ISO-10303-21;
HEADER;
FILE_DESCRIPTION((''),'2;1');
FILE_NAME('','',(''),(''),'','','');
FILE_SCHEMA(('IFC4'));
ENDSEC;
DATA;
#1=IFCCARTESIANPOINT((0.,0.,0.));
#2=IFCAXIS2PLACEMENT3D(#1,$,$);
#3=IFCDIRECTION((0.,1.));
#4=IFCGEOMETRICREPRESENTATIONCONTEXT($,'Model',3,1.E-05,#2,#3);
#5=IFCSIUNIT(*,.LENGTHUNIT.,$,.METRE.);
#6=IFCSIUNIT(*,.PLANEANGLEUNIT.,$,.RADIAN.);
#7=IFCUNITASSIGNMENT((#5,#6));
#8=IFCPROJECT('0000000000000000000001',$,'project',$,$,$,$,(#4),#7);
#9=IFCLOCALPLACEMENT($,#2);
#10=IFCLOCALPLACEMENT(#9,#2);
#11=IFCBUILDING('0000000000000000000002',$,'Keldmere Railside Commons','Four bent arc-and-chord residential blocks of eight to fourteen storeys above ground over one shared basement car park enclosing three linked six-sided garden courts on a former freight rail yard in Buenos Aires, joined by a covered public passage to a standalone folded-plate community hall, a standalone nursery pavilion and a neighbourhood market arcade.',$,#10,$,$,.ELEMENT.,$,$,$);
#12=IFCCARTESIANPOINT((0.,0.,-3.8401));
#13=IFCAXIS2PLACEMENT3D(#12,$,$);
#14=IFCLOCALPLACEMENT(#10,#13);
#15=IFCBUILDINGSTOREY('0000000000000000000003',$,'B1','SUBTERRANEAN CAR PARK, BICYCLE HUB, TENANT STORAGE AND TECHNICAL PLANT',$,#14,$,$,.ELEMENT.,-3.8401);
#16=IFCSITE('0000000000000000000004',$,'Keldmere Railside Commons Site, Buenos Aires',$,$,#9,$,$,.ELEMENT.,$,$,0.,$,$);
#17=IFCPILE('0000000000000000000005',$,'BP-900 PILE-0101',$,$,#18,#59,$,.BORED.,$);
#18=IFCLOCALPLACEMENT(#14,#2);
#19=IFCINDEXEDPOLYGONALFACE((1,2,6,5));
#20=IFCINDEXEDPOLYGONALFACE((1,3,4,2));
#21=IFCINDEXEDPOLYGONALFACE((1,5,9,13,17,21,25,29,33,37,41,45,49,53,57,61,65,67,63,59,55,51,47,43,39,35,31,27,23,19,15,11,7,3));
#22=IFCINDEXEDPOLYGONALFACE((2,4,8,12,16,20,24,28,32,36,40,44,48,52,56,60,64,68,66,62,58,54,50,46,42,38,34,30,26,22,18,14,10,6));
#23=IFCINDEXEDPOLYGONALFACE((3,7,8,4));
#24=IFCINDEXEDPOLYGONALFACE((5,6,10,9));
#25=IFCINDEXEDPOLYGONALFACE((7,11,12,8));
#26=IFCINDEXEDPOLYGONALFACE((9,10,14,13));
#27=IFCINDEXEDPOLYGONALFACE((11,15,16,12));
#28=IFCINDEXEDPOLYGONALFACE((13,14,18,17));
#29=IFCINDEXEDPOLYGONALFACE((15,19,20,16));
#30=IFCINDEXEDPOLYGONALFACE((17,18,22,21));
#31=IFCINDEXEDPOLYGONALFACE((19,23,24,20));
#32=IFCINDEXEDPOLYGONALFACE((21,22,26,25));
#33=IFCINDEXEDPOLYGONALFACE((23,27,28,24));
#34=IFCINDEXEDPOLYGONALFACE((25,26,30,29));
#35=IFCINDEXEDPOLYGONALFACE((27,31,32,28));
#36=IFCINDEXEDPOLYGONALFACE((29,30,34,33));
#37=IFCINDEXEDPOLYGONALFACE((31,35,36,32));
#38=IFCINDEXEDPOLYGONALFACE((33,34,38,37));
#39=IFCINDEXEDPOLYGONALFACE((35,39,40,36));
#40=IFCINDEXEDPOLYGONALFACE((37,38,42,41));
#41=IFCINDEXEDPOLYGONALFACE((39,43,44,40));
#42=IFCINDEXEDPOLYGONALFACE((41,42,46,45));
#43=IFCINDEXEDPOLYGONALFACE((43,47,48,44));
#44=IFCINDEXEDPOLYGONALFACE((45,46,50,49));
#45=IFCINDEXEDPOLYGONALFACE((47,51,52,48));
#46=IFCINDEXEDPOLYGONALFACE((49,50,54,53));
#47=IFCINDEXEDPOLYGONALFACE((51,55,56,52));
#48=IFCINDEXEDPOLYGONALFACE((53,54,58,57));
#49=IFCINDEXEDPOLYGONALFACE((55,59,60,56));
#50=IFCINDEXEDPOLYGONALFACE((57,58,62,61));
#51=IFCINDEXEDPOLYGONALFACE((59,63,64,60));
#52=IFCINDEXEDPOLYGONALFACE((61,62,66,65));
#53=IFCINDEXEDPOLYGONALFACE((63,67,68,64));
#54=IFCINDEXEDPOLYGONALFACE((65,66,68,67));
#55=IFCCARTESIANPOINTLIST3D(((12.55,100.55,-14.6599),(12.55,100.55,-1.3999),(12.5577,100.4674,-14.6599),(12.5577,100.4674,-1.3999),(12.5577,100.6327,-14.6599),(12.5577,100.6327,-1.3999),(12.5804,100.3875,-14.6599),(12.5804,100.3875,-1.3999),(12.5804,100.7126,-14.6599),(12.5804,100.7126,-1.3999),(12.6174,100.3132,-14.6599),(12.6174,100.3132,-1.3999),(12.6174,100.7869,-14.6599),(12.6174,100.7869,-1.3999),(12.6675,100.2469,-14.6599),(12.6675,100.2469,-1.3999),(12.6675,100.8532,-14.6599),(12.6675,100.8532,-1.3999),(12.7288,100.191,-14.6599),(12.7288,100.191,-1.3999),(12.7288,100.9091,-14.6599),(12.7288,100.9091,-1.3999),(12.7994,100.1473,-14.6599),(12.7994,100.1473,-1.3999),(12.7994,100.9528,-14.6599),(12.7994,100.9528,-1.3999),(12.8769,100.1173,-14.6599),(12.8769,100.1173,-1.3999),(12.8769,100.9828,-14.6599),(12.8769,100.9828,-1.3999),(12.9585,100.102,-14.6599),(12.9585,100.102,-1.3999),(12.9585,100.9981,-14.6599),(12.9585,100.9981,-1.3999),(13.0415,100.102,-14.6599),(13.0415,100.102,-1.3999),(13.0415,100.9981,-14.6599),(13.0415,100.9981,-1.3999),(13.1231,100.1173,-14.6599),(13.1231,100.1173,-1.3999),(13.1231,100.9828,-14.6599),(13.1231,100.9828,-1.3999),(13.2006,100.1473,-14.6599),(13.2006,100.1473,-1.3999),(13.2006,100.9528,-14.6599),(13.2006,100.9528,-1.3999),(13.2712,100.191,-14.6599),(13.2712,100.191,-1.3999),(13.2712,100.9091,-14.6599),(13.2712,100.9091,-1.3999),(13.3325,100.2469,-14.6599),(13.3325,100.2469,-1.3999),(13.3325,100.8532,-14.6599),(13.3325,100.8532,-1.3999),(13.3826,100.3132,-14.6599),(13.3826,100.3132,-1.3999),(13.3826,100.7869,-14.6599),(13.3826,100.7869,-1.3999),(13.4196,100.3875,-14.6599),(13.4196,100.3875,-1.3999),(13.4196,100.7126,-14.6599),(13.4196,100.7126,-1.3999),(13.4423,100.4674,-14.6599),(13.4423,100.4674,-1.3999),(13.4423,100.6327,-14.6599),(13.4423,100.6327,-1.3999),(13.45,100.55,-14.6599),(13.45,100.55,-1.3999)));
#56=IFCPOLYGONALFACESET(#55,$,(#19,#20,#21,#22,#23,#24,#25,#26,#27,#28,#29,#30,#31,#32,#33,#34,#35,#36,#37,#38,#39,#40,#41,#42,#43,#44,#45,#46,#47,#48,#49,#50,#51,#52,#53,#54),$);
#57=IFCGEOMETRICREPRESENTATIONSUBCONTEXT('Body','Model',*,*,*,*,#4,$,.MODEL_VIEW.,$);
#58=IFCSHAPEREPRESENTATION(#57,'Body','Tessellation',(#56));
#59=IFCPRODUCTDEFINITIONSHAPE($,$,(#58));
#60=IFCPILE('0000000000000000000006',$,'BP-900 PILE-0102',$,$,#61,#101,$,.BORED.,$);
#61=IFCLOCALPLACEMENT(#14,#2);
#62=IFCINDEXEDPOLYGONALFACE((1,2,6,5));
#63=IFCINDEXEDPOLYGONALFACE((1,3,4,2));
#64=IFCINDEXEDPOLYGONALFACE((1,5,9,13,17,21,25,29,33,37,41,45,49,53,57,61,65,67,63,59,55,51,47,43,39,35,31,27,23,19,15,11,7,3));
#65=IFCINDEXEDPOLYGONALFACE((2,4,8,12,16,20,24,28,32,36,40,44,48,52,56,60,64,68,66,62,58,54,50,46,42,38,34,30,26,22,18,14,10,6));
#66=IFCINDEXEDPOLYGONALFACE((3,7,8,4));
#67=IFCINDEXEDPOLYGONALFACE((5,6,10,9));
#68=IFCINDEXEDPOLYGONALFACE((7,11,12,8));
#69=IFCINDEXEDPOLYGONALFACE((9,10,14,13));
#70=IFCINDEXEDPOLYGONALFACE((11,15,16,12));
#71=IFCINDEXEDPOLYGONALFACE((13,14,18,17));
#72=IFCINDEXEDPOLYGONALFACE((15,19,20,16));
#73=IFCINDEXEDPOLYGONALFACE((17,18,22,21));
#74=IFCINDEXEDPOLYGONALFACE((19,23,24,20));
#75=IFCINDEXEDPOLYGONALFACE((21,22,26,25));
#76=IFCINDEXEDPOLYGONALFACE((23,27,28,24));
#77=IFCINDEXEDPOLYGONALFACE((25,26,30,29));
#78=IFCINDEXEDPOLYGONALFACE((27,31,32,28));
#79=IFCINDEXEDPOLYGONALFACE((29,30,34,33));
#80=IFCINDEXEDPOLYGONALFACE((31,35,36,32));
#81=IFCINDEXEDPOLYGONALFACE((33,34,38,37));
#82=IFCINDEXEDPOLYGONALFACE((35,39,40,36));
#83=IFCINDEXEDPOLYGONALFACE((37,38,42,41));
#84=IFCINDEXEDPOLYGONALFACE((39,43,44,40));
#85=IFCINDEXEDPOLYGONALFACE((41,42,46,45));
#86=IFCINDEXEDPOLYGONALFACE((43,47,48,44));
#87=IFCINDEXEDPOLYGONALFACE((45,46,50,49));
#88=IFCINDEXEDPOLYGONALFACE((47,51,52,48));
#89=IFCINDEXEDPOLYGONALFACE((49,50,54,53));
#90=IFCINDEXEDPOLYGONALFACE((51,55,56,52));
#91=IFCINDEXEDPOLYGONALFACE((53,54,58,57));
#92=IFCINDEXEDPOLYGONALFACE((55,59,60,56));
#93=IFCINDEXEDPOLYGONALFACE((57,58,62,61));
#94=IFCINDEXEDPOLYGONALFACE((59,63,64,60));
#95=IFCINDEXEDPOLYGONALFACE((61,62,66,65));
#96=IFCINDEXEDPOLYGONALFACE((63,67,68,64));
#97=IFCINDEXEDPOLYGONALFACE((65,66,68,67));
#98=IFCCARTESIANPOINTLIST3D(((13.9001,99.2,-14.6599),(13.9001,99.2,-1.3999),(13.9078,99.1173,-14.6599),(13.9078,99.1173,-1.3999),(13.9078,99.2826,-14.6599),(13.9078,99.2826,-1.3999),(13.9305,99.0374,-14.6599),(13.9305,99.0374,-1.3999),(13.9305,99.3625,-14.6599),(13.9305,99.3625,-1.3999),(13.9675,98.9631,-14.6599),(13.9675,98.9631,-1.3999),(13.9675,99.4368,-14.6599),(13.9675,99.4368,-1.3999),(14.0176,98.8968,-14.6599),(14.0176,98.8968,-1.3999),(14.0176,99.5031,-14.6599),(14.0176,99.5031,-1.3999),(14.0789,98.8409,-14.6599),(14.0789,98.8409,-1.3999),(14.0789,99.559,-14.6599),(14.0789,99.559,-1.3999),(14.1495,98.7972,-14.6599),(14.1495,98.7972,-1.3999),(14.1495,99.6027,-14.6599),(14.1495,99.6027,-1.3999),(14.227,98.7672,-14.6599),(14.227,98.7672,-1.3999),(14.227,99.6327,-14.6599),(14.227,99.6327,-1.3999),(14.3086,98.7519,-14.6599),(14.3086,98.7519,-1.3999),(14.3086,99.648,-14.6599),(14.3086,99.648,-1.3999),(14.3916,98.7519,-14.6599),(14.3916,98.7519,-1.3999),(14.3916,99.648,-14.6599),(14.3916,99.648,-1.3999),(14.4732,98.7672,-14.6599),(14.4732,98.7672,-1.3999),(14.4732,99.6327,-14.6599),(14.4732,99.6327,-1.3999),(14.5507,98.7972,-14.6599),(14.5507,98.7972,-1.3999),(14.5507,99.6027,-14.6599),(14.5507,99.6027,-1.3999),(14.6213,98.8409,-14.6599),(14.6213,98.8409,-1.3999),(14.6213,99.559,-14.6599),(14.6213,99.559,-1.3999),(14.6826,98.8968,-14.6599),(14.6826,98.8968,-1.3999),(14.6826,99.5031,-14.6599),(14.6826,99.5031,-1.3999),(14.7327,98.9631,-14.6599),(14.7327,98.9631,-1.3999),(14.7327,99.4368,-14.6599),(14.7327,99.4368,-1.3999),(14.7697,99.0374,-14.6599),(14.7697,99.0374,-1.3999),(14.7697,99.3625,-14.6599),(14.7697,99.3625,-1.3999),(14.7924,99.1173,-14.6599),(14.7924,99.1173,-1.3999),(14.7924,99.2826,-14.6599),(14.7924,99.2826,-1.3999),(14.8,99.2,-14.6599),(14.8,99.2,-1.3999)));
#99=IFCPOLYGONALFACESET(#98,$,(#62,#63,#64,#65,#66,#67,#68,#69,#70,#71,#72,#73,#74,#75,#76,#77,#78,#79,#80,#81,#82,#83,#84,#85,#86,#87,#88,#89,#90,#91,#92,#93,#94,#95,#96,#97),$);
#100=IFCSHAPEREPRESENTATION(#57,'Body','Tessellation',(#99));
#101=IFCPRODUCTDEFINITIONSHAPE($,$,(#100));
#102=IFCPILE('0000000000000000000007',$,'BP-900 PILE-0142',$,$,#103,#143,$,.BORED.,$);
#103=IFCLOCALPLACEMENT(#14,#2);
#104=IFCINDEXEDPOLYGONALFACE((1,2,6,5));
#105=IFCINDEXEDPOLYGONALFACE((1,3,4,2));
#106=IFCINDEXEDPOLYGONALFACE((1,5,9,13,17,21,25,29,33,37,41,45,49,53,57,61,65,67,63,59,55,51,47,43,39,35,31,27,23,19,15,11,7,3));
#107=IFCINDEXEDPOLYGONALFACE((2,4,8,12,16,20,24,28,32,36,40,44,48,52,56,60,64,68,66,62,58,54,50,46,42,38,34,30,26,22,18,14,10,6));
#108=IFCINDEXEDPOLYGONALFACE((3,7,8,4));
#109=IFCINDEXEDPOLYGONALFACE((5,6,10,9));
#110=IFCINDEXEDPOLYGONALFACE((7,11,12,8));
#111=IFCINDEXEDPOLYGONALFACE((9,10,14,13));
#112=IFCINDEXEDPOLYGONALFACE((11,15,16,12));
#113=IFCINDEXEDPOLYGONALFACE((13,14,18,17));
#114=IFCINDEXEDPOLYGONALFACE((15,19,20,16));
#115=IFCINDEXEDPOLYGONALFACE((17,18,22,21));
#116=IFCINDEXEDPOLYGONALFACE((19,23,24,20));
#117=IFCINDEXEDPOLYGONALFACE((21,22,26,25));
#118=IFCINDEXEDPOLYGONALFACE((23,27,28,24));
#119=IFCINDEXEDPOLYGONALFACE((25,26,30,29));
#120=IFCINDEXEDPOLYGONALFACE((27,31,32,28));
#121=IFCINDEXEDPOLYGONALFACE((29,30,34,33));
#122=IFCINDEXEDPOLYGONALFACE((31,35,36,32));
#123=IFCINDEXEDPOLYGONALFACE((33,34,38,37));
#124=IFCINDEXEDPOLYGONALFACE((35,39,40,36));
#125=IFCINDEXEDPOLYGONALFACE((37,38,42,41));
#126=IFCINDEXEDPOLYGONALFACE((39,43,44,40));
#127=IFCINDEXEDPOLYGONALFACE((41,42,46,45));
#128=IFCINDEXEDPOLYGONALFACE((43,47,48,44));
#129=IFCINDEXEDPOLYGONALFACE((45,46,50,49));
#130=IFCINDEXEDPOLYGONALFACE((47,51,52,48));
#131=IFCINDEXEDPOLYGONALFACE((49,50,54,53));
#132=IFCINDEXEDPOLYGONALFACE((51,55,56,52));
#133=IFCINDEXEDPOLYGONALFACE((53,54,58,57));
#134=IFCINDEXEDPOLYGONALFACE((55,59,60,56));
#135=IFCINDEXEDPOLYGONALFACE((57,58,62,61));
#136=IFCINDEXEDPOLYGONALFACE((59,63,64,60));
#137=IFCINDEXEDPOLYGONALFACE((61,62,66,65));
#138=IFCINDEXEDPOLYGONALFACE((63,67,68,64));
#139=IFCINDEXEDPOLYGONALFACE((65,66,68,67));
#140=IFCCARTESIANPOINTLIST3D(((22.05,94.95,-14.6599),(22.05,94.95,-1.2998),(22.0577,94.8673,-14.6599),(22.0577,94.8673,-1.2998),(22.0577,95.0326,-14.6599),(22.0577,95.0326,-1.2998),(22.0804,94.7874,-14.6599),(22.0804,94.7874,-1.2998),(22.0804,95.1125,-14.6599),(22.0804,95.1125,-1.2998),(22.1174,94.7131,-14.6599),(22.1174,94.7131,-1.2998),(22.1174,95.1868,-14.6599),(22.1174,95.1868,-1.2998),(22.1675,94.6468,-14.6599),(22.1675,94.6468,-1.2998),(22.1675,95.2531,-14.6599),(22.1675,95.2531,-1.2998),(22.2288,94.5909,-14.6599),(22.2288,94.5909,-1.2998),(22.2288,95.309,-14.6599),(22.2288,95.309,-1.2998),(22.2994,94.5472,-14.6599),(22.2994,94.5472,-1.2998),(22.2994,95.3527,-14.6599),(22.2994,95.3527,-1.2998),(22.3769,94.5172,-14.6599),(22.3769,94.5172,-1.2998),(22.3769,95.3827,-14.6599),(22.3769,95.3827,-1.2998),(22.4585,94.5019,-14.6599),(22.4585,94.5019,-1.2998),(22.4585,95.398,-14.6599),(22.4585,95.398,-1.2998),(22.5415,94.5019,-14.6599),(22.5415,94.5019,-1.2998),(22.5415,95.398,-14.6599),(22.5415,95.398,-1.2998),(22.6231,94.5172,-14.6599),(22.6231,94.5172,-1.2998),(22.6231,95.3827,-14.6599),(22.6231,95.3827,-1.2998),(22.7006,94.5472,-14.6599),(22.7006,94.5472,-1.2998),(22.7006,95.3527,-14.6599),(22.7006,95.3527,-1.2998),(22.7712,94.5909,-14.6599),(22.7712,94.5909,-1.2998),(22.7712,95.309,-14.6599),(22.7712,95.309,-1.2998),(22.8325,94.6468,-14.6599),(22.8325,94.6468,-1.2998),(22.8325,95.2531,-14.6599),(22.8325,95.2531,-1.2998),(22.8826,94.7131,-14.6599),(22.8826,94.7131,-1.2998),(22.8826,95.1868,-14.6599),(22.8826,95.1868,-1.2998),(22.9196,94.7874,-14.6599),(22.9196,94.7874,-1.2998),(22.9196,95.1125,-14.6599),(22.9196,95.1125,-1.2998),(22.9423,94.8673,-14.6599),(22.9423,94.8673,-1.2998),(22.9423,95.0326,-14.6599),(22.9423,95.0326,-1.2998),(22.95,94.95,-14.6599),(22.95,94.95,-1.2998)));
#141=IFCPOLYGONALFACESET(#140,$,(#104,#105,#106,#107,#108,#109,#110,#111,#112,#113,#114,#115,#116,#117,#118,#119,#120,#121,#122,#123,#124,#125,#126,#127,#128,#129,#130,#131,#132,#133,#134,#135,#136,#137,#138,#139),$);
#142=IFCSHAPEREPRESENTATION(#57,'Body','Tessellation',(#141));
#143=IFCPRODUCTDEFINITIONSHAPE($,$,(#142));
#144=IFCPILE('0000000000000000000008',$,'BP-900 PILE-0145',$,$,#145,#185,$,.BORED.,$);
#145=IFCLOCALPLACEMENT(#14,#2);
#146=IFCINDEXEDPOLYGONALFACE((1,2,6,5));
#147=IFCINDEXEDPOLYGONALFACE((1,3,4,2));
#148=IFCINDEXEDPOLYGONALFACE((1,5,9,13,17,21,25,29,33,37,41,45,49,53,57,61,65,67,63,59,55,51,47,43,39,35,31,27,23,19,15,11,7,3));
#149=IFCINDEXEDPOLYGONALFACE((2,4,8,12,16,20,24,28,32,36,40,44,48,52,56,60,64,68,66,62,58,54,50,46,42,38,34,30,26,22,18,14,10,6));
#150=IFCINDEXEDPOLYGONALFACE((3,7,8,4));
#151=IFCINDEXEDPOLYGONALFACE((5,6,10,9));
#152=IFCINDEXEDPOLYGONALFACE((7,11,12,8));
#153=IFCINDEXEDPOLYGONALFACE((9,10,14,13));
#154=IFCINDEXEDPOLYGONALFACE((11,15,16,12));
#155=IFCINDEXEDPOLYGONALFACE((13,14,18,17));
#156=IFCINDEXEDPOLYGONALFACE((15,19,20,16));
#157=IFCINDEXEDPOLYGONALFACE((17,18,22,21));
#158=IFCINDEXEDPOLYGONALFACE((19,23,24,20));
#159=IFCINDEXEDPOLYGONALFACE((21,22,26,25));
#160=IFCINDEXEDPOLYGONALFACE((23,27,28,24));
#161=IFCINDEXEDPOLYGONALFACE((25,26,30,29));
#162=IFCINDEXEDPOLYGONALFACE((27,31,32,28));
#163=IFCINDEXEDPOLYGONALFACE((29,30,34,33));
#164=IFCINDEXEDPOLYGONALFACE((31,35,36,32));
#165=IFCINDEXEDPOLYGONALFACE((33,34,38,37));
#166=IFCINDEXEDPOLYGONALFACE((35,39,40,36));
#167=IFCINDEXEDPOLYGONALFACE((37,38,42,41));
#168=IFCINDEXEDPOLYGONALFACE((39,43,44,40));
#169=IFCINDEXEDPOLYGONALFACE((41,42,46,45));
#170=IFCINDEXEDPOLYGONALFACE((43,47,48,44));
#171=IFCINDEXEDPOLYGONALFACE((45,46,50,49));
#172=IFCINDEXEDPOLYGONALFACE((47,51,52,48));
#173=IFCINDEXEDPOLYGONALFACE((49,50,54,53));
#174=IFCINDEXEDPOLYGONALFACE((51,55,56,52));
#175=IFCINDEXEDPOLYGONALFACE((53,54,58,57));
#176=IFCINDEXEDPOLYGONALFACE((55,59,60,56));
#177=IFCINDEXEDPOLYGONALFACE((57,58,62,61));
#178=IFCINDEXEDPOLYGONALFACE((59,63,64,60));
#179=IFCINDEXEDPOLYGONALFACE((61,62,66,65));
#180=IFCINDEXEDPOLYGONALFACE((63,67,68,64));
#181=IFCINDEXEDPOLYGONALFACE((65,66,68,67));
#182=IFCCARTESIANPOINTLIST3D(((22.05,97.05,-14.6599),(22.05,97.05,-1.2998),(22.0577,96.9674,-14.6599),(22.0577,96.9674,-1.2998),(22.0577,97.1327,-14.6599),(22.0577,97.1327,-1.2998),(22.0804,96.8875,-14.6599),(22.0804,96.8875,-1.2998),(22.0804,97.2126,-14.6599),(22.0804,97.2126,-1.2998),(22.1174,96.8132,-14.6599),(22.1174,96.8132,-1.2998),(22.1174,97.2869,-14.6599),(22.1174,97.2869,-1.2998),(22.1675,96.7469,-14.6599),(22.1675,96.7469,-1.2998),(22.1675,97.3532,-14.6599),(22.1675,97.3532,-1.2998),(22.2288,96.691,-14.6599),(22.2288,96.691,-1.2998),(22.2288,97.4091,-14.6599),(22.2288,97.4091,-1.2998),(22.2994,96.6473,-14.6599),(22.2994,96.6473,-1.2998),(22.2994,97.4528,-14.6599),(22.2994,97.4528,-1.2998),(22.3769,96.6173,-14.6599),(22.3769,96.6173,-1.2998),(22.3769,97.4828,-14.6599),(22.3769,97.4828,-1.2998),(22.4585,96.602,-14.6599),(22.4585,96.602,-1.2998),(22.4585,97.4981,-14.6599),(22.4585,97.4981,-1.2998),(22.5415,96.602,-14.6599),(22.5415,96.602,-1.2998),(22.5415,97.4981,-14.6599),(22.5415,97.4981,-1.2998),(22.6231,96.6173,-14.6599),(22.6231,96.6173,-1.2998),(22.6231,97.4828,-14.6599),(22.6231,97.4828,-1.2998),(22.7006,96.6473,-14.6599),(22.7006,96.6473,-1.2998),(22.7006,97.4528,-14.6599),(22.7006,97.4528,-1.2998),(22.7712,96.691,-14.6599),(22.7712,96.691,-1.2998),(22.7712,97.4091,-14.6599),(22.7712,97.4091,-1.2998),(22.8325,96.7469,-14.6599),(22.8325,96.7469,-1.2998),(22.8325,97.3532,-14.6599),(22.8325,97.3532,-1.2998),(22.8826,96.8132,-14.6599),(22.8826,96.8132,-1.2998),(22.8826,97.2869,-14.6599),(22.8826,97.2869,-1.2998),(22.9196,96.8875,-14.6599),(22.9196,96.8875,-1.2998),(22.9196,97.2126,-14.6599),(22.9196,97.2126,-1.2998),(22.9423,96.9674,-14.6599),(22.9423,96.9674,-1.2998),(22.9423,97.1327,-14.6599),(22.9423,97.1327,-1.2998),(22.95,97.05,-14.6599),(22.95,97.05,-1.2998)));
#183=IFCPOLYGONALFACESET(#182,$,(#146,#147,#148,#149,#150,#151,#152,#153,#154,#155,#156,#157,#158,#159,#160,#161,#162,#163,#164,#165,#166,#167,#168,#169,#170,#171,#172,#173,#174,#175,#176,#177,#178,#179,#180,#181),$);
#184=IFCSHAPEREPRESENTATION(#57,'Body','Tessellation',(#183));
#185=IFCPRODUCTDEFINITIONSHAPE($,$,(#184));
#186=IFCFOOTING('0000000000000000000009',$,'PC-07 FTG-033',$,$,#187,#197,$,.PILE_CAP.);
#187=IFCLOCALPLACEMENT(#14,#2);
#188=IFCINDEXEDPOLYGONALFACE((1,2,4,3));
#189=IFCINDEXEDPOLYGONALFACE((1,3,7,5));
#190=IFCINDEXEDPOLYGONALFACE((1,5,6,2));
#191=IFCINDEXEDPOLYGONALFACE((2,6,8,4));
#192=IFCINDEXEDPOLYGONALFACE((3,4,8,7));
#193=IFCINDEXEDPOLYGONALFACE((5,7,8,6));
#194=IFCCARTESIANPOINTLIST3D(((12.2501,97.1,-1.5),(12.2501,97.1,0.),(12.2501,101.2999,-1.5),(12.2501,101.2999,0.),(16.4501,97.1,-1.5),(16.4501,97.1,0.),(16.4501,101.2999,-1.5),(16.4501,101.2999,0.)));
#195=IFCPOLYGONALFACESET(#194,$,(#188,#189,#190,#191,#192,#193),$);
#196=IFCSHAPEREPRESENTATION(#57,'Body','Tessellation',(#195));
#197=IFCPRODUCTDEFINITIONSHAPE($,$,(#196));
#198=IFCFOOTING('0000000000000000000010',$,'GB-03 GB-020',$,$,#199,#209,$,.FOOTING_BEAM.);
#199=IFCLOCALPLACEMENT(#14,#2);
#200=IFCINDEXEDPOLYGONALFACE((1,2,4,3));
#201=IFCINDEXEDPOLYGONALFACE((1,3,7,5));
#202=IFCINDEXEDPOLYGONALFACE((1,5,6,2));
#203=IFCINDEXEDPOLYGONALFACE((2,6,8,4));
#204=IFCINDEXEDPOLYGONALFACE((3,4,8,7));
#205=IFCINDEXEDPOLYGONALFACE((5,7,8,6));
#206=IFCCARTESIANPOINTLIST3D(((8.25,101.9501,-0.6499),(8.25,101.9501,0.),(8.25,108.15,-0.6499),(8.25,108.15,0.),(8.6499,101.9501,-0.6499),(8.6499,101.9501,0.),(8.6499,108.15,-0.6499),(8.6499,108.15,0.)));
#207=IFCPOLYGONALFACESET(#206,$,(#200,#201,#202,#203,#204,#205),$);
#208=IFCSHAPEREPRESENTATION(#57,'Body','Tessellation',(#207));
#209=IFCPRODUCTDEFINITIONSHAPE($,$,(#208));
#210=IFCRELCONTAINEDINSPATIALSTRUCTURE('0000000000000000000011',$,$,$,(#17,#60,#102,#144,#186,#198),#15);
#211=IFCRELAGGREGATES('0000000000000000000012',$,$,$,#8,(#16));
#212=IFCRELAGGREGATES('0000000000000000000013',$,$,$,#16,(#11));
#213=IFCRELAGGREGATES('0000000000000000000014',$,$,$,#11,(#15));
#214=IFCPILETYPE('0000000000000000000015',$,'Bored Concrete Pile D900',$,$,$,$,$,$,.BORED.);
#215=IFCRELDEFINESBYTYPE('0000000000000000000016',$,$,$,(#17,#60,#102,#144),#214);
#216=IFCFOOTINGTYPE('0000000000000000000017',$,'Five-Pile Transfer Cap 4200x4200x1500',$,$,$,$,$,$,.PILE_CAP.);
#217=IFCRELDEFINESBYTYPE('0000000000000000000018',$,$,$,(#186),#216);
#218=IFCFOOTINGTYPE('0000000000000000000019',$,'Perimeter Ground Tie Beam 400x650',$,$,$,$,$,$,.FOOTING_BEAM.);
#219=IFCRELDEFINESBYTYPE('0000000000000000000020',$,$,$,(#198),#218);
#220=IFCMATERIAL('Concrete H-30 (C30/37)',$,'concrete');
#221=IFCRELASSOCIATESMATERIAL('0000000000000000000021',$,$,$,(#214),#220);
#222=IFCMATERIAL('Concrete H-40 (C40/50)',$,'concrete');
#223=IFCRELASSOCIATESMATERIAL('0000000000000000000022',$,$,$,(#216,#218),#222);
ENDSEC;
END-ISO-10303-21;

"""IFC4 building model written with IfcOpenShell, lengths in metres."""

from ifc_helpers import new_model, si_unit, direction, frame, origin, origin_2d, place, context, subcontext, project, spatial, rectangle, circle, extrude, material, material_profile, profile_set, type_object, element, save


model = new_model("IFC4")

# Units and contexts
model_context = context("Model", 3, precision=1e-05, world=origin(), true_north=direction((0.0, 1.0)))
body_context = subcontext(model_context, "Body", "Model", "MODEL_VIEW")
ifc_project = project(units=[si_unit("LENGTHUNIT", "METRE"), si_unit("PLANEANGLEUNIT", "RADIAN")], contexts=[model_context])

# Site, building, storey
site_placement = place(None, origin())
site = spatial("IfcSite", under=ifc_project, at=site_placement, Name="Keldmere Railside Commons Site, Buenos Aires", CompositionType="ELEMENT", RefElevation=0.0)
building_placement = place(site_placement, origin())
building = spatial("IfcBuilding", under=site, at=building_placement, Name="Keldmere Railside Commons", Description="Four bent arc-and-chord residential blocks of eight to fourteen storeys above ground over one shared basement car park enclosing three linked six-sided garden courts on a former freight rail yard in Buenos Aires, joined by a covered public passage to a standalone folded-plate community hall, a standalone nursery pavilion and a neighbourhood market arcade.", CompositionType="ELEMENT")
storey_placement = place(building_placement, frame((0.0, 0.0, -3.8401)))
storey = spatial("IfcBuildingStorey", under=building, at=storey_placement, Name="B1", Description="SUBTERRANEAN CAR PARK, BICYCLE HUB, TENANT STORAGE AND TECHNICAL PLANT", CompositionType="ELEMENT", Elevation=-3.8401)

# Piles
ifc_material_1 = material(Name="Concrete H-30 (C30/37)", Category="concrete")
ifc_material_profile_1 = material_profile(ifc_material_1, circle(Radius=0.45, at=origin_2d()), Name="PILE-D900")
ifc_profile_set_1 = profile_set([ifc_material_profile_1], Name="Concrete H-30 (C30/37)")
pile_type_1 = type_object("IfcPileType", Name="Bored Concrete Pile D900", PredefinedType="BORED", material=ifc_profile_set_1)
for number, where, z_axis, x_axis, name in (
    (1, (13.0, 100.55, -1.3999), (0.0, 0.0, -1.0), (1.0, 0.0, 0.0), "BP-900 PILE-0101"),
    (2, (14.3501, 99.2, -1.3999), (0.0, 0.0, -1.0), (1.0, 0.0, 0.0), "BP-900 PILE-0102"),
):
    element("IfcPile", number, at=place(storey_placement, frame(where, z_axis=z_axis, x_axis=x_axis)), inside=storey, type_object=pile_type_1, Name=name, PredefinedType="BORED", context=body_context, shape_type="SweptSolid", body=[
        extrude(circle(Radius=0.45, at=origin_2d()), origin(), (0.0, 0.0, 1.0), 13.26),
    ])
for number, where, z_axis, x_axis, name in (
    (3, (22.5, 94.95, -1.2998), (0.0, 0.0, -1.0), (1.0, 0.0, 0.0), "BP-900 PILE-0142"),
    (4, (22.5, 97.05, -1.2998), (0.0, 0.0, -1.0), (1.0, 0.0, 0.0), "BP-900 PILE-0145"),
):
    element("IfcPile", number, at=place(storey_placement, frame(where, z_axis=z_axis, x_axis=x_axis)), inside=storey, type_object=pile_type_1, Name=name, PredefinedType="BORED", context=body_context, shape_type="SweptSolid", body=[
        extrude(circle(Radius=0.45, at=origin_2d()), origin(), (0.0, 0.0, 1.0), 13.3601),
    ])

# Footings
ifc_material_2 = material(Name="Concrete H-40 (C40/50)", Category="concrete")
footing_type_1 = type_object("IfcFootingType", Name="Five-Pile Transfer Cap 4200x4200x1500", PredefinedType="PILE_CAP", material=ifc_material_2)
footing_1_placement = place(storey_placement, frame((14.3501, 99.2, -1.5), z_axis=(0.0, 0.0, 1.0), x_axis=(1.0, 0.0, 0.0)))
element("IfcFooting", 5, at=footing_1_placement, inside=storey, type_object=footing_type_1, Name="PC-07 FTG-033", PredefinedType="PILE_CAP", context=body_context, shape_type="SweptSolid", body=[
    extrude(rectangle(XDim=4.2, YDim=4.2, at=origin_2d()), origin(), (0.0, 0.0, 1.0), 1.5),
])
footing_type_2 = type_object("IfcFootingType", Name="Perimeter Ground Tie Beam 400x650", PredefinedType="FOOTING_BEAM", material=ifc_material_2)
footing_2_placement = place(storey_placement, frame((8.45, 105.05, -0.6499), z_axis=(0.0, 0.0, 1.0), x_axis=(0.0, 1.0, 0.0)))
element("IfcFooting", 6, at=footing_2_placement, inside=storey, type_object=footing_type_2, Name="GB-03 GB-020", PredefinedType="FOOTING_BEAM", context=body_context, shape_type="SweptSolid", body=[
    extrude(rectangle(XDim=6.2, YDim=0.3999, at=origin_2d()), origin(), (0.0, 0.0, 1.0), 0.6499),
])

save(model, "model.ifc")
